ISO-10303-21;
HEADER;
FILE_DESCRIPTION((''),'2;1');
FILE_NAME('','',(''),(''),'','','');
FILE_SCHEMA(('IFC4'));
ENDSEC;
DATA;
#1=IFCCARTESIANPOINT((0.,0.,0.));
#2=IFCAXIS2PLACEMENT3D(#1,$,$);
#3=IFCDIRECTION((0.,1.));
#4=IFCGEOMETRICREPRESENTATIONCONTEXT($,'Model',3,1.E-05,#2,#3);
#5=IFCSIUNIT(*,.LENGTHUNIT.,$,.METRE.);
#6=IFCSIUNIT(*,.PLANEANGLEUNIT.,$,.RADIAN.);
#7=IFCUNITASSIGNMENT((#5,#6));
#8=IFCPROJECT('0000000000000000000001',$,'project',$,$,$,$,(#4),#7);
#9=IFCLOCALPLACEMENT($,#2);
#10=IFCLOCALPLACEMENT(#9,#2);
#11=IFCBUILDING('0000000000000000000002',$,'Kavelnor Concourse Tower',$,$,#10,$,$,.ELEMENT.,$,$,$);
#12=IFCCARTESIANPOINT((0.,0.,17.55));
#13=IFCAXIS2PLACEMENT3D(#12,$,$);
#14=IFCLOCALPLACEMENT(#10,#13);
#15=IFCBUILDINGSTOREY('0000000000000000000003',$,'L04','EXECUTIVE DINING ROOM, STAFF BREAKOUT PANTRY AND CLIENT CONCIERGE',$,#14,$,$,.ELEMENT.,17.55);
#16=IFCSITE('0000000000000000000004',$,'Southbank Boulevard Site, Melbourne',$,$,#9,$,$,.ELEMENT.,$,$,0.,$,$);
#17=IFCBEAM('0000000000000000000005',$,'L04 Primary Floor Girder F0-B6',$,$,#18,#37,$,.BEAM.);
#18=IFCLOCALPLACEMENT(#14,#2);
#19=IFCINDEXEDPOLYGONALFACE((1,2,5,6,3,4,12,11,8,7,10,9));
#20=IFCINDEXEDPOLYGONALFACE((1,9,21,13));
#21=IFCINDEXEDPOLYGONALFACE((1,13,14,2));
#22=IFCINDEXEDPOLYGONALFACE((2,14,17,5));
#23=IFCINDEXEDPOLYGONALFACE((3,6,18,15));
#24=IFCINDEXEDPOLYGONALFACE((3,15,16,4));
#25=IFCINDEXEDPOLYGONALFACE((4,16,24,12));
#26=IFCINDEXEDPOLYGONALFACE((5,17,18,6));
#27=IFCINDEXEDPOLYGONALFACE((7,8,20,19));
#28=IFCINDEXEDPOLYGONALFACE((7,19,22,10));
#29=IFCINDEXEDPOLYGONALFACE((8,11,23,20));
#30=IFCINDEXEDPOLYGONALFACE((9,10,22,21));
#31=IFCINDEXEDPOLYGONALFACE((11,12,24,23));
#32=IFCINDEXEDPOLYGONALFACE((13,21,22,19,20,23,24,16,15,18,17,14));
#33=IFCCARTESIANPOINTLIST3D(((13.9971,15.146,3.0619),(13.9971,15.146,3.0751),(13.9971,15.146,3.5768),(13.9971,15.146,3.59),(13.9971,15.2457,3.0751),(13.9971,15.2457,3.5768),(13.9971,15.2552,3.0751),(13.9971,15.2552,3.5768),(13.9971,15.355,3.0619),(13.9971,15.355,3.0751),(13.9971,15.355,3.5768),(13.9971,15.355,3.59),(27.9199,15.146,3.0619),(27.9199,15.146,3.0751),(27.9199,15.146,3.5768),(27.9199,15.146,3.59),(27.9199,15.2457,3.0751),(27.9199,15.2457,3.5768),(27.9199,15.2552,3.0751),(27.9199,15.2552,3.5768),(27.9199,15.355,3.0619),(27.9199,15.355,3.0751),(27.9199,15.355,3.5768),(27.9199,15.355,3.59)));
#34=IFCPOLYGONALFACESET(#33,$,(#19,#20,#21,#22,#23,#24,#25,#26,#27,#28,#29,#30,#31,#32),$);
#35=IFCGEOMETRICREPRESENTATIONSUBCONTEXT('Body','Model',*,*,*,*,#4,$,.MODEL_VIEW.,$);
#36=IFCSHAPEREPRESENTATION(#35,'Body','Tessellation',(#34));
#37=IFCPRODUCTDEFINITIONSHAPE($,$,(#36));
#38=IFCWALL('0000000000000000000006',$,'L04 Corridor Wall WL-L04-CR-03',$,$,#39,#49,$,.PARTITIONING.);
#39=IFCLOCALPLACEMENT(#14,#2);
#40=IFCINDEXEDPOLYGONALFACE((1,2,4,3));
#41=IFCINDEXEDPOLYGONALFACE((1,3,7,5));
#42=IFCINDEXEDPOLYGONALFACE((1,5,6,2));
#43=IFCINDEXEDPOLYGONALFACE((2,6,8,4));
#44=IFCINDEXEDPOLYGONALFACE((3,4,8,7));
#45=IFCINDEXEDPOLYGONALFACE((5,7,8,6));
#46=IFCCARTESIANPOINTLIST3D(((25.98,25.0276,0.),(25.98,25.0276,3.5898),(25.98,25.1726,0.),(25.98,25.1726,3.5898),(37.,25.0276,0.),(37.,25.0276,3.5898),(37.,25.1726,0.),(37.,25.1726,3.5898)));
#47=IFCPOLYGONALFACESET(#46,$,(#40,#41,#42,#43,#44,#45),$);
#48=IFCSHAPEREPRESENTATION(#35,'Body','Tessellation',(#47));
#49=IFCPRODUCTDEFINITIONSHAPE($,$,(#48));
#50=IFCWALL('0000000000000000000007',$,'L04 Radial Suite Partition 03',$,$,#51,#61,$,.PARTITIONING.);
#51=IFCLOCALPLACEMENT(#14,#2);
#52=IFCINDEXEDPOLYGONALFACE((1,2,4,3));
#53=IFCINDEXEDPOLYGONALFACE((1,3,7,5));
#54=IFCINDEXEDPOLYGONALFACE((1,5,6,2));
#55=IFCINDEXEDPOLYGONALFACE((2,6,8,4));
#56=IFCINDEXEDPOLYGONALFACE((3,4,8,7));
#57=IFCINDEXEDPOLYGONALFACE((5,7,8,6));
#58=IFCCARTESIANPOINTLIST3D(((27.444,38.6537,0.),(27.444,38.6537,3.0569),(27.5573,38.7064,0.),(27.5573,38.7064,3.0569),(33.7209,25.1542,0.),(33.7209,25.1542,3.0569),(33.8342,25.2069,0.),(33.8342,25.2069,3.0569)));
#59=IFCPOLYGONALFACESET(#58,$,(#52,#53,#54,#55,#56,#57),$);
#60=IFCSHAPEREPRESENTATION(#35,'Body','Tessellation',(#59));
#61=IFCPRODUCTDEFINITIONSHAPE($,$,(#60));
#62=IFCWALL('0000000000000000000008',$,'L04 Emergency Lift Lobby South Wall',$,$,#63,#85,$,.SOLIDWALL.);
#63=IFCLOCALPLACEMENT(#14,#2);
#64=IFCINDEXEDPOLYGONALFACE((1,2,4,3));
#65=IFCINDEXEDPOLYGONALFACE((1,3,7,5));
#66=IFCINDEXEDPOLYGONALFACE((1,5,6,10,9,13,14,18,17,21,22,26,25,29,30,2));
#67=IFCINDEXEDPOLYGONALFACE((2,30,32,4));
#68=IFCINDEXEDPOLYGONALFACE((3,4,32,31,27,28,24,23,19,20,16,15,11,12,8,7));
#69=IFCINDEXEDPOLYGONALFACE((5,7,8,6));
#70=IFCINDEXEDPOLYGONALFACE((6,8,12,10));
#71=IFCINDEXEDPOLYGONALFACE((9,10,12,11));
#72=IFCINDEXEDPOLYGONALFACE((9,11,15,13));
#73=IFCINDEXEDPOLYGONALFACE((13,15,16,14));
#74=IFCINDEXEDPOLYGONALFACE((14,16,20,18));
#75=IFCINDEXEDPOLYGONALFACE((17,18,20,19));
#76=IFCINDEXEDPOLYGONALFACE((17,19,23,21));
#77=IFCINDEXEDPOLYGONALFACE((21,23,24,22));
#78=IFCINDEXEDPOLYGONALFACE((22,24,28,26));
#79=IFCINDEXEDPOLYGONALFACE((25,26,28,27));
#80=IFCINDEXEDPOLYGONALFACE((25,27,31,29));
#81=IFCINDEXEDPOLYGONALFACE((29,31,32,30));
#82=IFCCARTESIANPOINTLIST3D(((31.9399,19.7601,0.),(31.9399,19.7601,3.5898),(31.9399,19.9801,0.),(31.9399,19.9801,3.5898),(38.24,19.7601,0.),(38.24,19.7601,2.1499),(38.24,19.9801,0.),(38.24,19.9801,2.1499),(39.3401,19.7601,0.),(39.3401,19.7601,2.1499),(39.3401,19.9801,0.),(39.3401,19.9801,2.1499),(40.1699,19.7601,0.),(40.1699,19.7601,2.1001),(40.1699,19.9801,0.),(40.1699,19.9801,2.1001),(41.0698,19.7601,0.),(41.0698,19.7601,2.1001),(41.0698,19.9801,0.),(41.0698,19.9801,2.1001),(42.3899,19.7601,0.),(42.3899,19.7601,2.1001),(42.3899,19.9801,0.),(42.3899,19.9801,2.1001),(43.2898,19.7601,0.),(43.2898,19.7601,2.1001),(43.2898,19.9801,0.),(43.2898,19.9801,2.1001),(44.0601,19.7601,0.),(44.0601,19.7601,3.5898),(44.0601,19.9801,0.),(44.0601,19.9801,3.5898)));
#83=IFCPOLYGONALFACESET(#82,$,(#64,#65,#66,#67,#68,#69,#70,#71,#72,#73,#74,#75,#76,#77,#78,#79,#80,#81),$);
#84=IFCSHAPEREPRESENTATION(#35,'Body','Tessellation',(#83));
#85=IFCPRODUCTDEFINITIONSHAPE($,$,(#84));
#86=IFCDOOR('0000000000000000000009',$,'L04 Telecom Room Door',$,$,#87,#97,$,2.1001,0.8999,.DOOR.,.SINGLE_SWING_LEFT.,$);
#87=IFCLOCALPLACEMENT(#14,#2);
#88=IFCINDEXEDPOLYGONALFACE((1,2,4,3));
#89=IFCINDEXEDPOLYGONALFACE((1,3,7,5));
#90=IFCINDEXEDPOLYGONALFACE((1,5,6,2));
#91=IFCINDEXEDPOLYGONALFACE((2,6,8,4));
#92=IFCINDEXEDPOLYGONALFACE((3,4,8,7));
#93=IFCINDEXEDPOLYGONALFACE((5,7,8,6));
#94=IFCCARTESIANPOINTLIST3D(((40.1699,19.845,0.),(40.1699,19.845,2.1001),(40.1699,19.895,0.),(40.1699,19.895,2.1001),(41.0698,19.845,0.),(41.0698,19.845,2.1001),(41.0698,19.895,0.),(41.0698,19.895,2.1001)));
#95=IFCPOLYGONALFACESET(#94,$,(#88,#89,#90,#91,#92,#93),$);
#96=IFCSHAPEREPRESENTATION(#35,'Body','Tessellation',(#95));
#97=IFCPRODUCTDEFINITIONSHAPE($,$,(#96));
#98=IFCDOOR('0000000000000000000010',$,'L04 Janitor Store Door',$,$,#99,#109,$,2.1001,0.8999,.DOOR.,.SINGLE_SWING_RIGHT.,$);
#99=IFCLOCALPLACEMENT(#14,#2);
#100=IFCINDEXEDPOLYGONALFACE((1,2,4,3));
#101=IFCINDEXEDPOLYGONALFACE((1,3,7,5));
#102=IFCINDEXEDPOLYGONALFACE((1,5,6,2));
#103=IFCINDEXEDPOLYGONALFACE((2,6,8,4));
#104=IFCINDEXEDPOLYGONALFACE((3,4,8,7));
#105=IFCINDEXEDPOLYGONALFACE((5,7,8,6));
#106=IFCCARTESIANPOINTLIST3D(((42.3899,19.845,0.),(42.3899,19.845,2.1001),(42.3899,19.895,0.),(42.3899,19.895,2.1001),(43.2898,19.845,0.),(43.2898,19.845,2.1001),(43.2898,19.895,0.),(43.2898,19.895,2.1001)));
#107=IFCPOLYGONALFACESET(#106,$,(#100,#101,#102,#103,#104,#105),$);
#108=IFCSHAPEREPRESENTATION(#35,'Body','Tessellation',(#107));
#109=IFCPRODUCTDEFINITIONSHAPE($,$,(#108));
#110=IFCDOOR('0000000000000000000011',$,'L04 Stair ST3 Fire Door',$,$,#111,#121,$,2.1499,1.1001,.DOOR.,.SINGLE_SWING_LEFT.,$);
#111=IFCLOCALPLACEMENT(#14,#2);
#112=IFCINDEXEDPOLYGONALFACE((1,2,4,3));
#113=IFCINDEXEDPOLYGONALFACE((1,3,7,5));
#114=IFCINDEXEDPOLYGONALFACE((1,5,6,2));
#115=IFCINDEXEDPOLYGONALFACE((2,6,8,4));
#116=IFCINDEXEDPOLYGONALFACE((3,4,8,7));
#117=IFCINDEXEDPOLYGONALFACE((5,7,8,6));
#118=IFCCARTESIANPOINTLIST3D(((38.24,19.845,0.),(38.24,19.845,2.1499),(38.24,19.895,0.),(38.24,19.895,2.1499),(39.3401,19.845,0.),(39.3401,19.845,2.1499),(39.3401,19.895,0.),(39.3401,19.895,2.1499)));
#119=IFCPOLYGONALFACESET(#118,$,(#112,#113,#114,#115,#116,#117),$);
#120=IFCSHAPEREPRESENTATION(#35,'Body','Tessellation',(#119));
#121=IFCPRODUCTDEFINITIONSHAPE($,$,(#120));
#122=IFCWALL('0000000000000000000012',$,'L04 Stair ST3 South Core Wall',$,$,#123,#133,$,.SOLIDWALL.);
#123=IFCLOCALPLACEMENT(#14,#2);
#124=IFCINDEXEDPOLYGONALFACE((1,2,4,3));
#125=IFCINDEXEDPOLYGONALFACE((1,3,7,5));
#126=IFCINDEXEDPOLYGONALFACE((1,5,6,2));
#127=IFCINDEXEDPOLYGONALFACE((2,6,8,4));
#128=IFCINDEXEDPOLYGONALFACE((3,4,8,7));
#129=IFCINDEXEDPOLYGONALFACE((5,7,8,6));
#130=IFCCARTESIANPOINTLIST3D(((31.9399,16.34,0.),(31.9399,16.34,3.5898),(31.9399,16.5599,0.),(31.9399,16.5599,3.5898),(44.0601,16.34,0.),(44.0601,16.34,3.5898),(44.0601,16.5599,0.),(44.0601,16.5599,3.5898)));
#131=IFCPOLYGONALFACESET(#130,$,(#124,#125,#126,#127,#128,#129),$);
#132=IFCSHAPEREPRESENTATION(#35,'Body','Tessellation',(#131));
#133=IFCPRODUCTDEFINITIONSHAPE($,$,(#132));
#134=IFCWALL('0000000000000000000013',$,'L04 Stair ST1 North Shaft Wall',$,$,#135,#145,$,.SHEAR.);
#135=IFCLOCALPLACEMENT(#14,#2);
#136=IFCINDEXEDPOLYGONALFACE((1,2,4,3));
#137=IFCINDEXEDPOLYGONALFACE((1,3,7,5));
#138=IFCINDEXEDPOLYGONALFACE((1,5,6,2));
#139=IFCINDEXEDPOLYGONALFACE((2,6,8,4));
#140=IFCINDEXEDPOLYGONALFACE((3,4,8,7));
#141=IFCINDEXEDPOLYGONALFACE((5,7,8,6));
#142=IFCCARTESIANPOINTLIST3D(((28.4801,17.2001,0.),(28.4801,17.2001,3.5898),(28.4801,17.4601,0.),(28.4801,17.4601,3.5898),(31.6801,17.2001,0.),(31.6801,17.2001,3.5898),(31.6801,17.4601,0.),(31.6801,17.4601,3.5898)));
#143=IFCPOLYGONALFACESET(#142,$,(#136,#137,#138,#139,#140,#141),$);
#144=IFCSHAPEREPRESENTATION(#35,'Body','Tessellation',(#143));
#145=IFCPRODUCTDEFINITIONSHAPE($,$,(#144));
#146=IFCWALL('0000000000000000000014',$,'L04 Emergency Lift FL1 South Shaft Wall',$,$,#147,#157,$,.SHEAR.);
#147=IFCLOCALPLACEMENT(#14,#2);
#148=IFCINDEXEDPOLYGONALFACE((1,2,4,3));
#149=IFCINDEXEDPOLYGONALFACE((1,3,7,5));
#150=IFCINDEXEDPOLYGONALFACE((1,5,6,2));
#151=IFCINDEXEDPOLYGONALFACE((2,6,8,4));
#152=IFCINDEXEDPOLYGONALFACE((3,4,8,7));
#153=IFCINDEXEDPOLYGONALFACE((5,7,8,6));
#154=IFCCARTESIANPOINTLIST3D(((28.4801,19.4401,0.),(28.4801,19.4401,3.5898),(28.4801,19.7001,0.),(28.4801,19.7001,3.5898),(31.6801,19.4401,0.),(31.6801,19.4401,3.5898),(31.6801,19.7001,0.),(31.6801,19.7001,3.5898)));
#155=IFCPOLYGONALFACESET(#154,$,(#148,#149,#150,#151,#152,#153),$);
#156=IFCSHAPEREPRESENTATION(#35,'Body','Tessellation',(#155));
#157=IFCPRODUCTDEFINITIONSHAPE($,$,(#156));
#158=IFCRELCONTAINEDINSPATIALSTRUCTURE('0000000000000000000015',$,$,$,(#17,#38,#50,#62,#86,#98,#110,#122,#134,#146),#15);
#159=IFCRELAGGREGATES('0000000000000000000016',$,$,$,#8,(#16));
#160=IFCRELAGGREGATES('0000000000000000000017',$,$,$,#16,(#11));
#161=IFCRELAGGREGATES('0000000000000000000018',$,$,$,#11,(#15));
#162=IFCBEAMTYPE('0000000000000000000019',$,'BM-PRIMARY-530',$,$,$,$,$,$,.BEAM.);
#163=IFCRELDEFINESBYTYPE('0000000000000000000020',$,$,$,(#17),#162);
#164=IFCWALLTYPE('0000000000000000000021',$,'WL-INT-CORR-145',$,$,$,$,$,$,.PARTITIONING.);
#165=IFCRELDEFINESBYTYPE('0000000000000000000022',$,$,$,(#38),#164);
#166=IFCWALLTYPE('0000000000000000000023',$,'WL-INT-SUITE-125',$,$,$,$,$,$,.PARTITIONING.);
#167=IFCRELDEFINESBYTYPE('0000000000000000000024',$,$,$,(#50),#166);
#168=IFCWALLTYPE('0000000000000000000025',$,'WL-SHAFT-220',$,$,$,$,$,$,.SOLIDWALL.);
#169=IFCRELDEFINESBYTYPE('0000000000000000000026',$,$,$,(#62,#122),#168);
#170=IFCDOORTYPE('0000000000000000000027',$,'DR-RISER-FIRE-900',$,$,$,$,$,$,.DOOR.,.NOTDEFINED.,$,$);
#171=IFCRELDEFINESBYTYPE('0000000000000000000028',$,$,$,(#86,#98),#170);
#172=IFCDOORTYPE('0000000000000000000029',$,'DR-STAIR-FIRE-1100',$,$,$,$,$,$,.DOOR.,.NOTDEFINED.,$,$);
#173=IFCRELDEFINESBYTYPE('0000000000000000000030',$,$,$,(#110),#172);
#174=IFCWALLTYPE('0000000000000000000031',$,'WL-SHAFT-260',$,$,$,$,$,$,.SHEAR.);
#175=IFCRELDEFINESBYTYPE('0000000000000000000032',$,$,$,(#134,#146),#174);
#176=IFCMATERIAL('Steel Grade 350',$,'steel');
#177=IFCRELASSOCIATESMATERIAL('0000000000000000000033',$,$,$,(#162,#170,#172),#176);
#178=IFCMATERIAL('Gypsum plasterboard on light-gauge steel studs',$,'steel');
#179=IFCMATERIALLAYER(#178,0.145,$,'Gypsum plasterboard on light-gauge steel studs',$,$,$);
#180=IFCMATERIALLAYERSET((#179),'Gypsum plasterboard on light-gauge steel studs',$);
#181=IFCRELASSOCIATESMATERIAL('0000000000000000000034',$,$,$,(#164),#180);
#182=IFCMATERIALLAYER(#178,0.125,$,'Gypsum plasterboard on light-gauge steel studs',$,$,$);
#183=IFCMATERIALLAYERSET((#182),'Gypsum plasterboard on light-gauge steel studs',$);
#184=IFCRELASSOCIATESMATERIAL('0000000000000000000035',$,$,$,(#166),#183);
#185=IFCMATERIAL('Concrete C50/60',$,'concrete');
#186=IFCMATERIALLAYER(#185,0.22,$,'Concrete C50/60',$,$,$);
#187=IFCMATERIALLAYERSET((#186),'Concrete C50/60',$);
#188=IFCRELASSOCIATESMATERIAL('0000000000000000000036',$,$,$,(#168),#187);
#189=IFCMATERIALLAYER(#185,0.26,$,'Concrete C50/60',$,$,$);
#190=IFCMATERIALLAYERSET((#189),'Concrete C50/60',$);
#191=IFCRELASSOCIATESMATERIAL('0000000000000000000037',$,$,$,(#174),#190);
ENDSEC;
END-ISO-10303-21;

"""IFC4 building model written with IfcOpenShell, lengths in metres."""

from ifc_helpers import new_model, si_unit, direction, frame, frame_2d, origin, origin_2d, place, context, subcontext, project, spatial, rectangle, i_section, extrude, material, layer, layer_set, material_profile, profile_set, type_object, element, fill, save


model = new_model("IFC4")

# Units and contexts
model_context = context("Model", 3, precision=1e-05, world=origin(), true_north=direction((0.0, 1.0)))
body_context = subcontext(model_context, "Body", "Model", "MODEL_VIEW")
ifc_project = project(units=[si_unit("LENGTHUNIT", "METRE"), si_unit("PLANEANGLEUNIT", "RADIAN")], contexts=[model_context])

# Site, building, storey
site_placement = place(None, origin())
site = spatial("IfcSite", under=ifc_project, at=site_placement, Name="Southbank Boulevard Site, Melbourne", CompositionType="ELEMENT", RefElevation=0.0)
building_placement = place(site_placement, origin())
building = spatial("IfcBuilding", under=site, at=building_placement, Name="Kavelnor Concourse Tower", CompositionType="ELEMENT")
storey_placement = place(building_placement, frame((0.0, 0.0, 17.55)))
storey = spatial("IfcBuildingStorey", under=building, at=storey_placement, Name="L04", Description="EXECUTIVE DINING ROOM, STAFF BREAKOUT PANTRY AND CLIENT CONCIERGE", CompositionType="ELEMENT", Elevation=17.55)

# Beam
ifc_material_1 = material(Name="Steel Grade 350", Category="steel")
ifc_material_profile_1 = material_profile(ifc_material_1, i_section(OverallWidth=0.209, OverallDepth=0.5281, WebThickness=0.0095, FlangeThickness=0.0132, at=origin_2d()), Name="530UB82")
ifc_profile_set_1 = profile_set([ifc_material_profile_1], Name="Steel Grade 350")
beam_type_1 = type_object("IfcBeamType", Name="BM-PRIMARY-530", PredefinedType="BEAM", material=ifc_profile_set_1)
beam_1_placement = place(storey_placement, frame((27.9199, 15.2505, 3.3259), z_axis=(-1.0, 0.0, 0.0), x_axis=(0.0, -1.0, 0.0)))
element("IfcBeam", 1, at=beam_1_placement, inside=storey, type_object=beam_type_1, Name="L04 Primary Floor Girder F0-B6", PredefinedType="BEAM", context=body_context, shape_type="SweptSolid", body=[
    extrude(i_section(OverallWidth=0.209, OverallDepth=0.5281, WebThickness=0.0095, FlangeThickness=0.0132, at=origin_2d()), origin(), (0.0, 0.0, 1.0), 13.9229),
])

# Walls
ifc_material_2 = material(Name="Gypsum plasterboard on light-gauge steel studs", Category="steel")
ifc_layer_1 = layer(ifc_material_2, 0.145, Name="Gypsum plasterboard on light-gauge steel studs")
ifc_layer_set_1 = layer_set([ifc_layer_1], Name="Gypsum plasterboard on light-gauge steel studs")
wall_type_1 = type_object("IfcWallType", Name="WL-INT-CORR-145", PredefinedType="PARTITIONING", material=ifc_layer_set_1)
wall_1_placement = place(storey_placement, frame((25.98, 25.1001, 0.0), z_axis=(0.0, 0.0, 1.0), x_axis=(1.0, 0.0, 0.0)))
element("IfcWall", 2, at=wall_1_placement, inside=storey, type_object=wall_type_1, Name="L04 Corridor Wall WL-L04-CR-03", PredefinedType="PARTITIONING", context=body_context, shape_type="SweptSolid", body=[
    extrude(rectangle(XDim=11.02, YDim=0.145, at=frame_2d((5.51, 0.0))), origin(), (0.0, 0.0, 1.0), 3.5898),
])
ifc_layer_2 = layer(ifc_material_2, 0.125, Name="Gypsum plasterboard on light-gauge steel studs")
ifc_layer_set_2 = layer_set([ifc_layer_2], Name="Gypsum plasterboard on light-gauge steel studs")
wall_type_2 = type_object("IfcWallType", Name="WL-INT-SUITE-125", PredefinedType="PARTITIONING", material=ifc_layer_set_2)
wall_2_placement = place(storey_placement, frame((33.7776, 25.1804, 0.0), z_axis=(0.0, 0.0, 1.0), x_axis=(-0.421621, 0.906772, 0.0)))
element("IfcWall", 3, at=wall_2_placement, inside=storey, type_object=wall_type_2, Name="L04 Radial Suite Partition 03", PredefinedType="PARTITIONING", context=body_context, shape_type="SweptSolid", body=[
    extrude(rectangle(XDim=14.8875, YDim=0.125, at=frame_2d((7.4438, 0.0))), origin(), (0.0, 0.0, 1.0), 3.0569),
])

# Wall, openings, doors
ifc_material_3 = material(Name="Concrete C50/60", Category="concrete")
ifc_layer_3 = layer(ifc_material_3, 0.22, Name="Concrete C50/60")
ifc_layer_set_3 = layer_set([ifc_layer_3], Name="Concrete C50/60")
wall_type_3 = type_object("IfcWallType", Name="WL-SHAFT-220", PredefinedType="SOLIDWALL", material=ifc_layer_set_3)
wall_3_placement = place(storey_placement, frame((31.9399, 19.8701, 0.0), z_axis=(0.0, 0.0, 1.0), x_axis=(1.0, 0.0, 0.0)))
wall_3 = element("IfcWall", 4, at=wall_3_placement, inside=storey, type_object=wall_type_3, Name="L04 Emergency Lift Lobby South Wall", PredefinedType="SOLIDWALL", context=body_context, shape_type="SweptSolid", body=[
    extrude(rectangle(XDim=12.1201, YDim=0.22, at=frame_2d((6.0601, 0.0))), origin(), (0.0, 0.0, 1.0), 3.5898),
])
opening_1_placement = place(wall_3_placement, frame((6.3, 0.0, 0.0)))
opening_1 = element("IfcOpeningElement", 5, at=opening_1_placement, cuts=wall_3, PredefinedType="OPENING", context=body_context, shape_type="SweptSolid", body=[
    extrude(rectangle(XDim=1.1001, YDim=2.1499, at=frame_2d((0.55, 1.075))), frame((0.0, 0.1201, 0.0), z_axis=(0.0, -1.0, 0.0), x_axis=(1.0, 0.0, 0.0)), (0.0, 0.0, 1.0), 0.24),
])
opening_2_placement = place(wall_3_placement, frame((8.23, 0.0, 0.0)))
opening_2 = element("IfcOpeningElement", 6, at=opening_2_placement, cuts=wall_3, PredefinedType="OPENING", context=body_context, shape_type="SweptSolid", body=[
    extrude(rectangle(XDim=0.8999, YDim=2.1001, at=frame_2d((0.45, 1.05))), frame((0.0, 0.1201, 0.0), z_axis=(0.0, -1.0, 0.0), x_axis=(1.0, 0.0, 0.0)), (0.0, 0.0, 1.0), 0.24),
])
opening_3_placement = place(wall_3_placement, frame((10.45, 0.0, 0.0)))
opening_3 = element("IfcOpeningElement", 7, at=opening_3_placement, cuts=wall_3, PredefinedType="OPENING", context=body_context, shape_type="SweptSolid", body=[
    extrude(rectangle(XDim=0.8999, YDim=2.1001, at=frame_2d((0.45, 1.05))), frame((0.0, 0.1201, 0.0), z_axis=(0.0, -1.0, 0.0), x_axis=(1.0, 0.0, 0.0)), (0.0, 0.0, 1.0), 0.24),
])
door_type_1 = type_object("IfcDoorType", Name="DR-RISER-FIRE-900", OperationType="NOTDEFINED", PredefinedType="DOOR", material=ifc_material_1)
door_1_placement = place(opening_2_placement, origin())
door_1 = element("IfcDoor", 8, at=door_1_placement, inside=storey, type_object=door_type_1, Name="L04 Telecom Room Door", OperationType="SINGLE_SWING_LEFT", OverallHeight=2.1001, OverallWidth=0.8999, PredefinedType="DOOR", context=body_context, shape_type="SweptSolid", body=[
    extrude(rectangle(XDim=0.8999, YDim=2.1001, at=frame_2d((0.45, 1.05))), frame((0.0, 0.0249, 0.0), z_axis=(0.0, -1.0, 0.0), x_axis=(1.0, 0.0, 0.0)), (0.0, 0.0, 1.0), 0.05),
])
fill(opening_2, door_1)
door_2_placement = place(opening_3_placement, origin())
door_2 = element("IfcDoor", 9, at=door_2_placement, inside=storey, type_object=door_type_1, Name="L04 Janitor Store Door", OperationType="SINGLE_SWING_RIGHT", OverallHeight=2.1001, OverallWidth=0.8999, PredefinedType="DOOR", context=body_context, shape_type="SweptSolid", body=[
    extrude(rectangle(XDim=0.8999, YDim=2.1001, at=frame_2d((0.45, 1.05))), frame((0.0, 0.0249, 0.0), z_axis=(0.0, -1.0, 0.0), x_axis=(1.0, 0.0, 0.0)), (0.0, 0.0, 1.0), 0.05),
])
fill(opening_3, door_2)
door_type_2 = type_object("IfcDoorType", Name="DR-STAIR-FIRE-1100", OperationType="NOTDEFINED", PredefinedType="DOOR", material=ifc_material_1)
door_3_placement = place(opening_1_placement, origin())
door_3 = element("IfcDoor", 10, at=door_3_placement, inside=storey, type_object=door_type_2, Name="L04 Stair ST3 Fire Door", OperationType="SINGLE_SWING_LEFT", OverallHeight=2.1499, OverallWidth=1.1001, PredefinedType="DOOR", context=body_context, shape_type="SweptSolid", body=[
    extrude(rectangle(XDim=1.1001, YDim=2.1499, at=frame_2d((0.55, 1.075))), frame((0.0, 0.0249, 0.0), z_axis=(0.0, -1.0, 0.0), x_axis=(1.0, 0.0, 0.0)), (0.0, 0.0, 1.0), 0.05),
])
fill(opening_1, door_3)

# Walls
wall_4_placement = place(storey_placement, frame((31.9399, 16.45, 0.0), z_axis=(0.0, 0.0, 1.0), x_axis=(1.0, 0.0, 0.0)))
element("IfcWall", 11, at=wall_4_placement, inside=storey, type_object=wall_type_3, Name="L04 Stair ST3 South Core Wall", PredefinedType="SOLIDWALL", context=body_context, shape_type="SweptSolid", body=[
    extrude(rectangle(XDim=12.1201, YDim=0.22, at=frame_2d((6.0601, 0.0))), origin(), (0.0, 0.0, 1.0), 3.5898),
])
ifc_layer_4 = layer(ifc_material_3, 0.26, Name="Concrete C50/60")
ifc_layer_set_4 = layer_set([ifc_layer_4], Name="Concrete C50/60")
wall_type_4 = type_object("IfcWallType", Name="WL-SHAFT-260", PredefinedType="SHEAR", material=ifc_layer_set_4)
for number, where, z_axis, x_axis, name in (
    (12, (28.48, 17.3301, 0.0), (0.0, 0.0, 1.0), (1.0, 0.0, 0.0), "L04 Stair ST1 North Shaft Wall"),
    (13, (28.48, 19.5701, 0.0), (0.0, 0.0, 1.0), (1.0, 0.0, 0.0), "L04 Emergency Lift FL1 South Shaft Wall"),
):
    element("IfcWall", number, at=place(storey_placement, frame(where, z_axis=z_axis, x_axis=x_axis)), inside=storey, type_object=wall_type_4, Name=name, PredefinedType="SHEAR", context=body_context, shape_type="SweptSolid", body=[
        extrude(rectangle(XDim=3.2, YDim=0.26, at=frame_2d((1.6001, 0.0))), origin(), (0.0, 0.0, 1.0), 3.5898),
    ])

save(model, "model.ifc")
